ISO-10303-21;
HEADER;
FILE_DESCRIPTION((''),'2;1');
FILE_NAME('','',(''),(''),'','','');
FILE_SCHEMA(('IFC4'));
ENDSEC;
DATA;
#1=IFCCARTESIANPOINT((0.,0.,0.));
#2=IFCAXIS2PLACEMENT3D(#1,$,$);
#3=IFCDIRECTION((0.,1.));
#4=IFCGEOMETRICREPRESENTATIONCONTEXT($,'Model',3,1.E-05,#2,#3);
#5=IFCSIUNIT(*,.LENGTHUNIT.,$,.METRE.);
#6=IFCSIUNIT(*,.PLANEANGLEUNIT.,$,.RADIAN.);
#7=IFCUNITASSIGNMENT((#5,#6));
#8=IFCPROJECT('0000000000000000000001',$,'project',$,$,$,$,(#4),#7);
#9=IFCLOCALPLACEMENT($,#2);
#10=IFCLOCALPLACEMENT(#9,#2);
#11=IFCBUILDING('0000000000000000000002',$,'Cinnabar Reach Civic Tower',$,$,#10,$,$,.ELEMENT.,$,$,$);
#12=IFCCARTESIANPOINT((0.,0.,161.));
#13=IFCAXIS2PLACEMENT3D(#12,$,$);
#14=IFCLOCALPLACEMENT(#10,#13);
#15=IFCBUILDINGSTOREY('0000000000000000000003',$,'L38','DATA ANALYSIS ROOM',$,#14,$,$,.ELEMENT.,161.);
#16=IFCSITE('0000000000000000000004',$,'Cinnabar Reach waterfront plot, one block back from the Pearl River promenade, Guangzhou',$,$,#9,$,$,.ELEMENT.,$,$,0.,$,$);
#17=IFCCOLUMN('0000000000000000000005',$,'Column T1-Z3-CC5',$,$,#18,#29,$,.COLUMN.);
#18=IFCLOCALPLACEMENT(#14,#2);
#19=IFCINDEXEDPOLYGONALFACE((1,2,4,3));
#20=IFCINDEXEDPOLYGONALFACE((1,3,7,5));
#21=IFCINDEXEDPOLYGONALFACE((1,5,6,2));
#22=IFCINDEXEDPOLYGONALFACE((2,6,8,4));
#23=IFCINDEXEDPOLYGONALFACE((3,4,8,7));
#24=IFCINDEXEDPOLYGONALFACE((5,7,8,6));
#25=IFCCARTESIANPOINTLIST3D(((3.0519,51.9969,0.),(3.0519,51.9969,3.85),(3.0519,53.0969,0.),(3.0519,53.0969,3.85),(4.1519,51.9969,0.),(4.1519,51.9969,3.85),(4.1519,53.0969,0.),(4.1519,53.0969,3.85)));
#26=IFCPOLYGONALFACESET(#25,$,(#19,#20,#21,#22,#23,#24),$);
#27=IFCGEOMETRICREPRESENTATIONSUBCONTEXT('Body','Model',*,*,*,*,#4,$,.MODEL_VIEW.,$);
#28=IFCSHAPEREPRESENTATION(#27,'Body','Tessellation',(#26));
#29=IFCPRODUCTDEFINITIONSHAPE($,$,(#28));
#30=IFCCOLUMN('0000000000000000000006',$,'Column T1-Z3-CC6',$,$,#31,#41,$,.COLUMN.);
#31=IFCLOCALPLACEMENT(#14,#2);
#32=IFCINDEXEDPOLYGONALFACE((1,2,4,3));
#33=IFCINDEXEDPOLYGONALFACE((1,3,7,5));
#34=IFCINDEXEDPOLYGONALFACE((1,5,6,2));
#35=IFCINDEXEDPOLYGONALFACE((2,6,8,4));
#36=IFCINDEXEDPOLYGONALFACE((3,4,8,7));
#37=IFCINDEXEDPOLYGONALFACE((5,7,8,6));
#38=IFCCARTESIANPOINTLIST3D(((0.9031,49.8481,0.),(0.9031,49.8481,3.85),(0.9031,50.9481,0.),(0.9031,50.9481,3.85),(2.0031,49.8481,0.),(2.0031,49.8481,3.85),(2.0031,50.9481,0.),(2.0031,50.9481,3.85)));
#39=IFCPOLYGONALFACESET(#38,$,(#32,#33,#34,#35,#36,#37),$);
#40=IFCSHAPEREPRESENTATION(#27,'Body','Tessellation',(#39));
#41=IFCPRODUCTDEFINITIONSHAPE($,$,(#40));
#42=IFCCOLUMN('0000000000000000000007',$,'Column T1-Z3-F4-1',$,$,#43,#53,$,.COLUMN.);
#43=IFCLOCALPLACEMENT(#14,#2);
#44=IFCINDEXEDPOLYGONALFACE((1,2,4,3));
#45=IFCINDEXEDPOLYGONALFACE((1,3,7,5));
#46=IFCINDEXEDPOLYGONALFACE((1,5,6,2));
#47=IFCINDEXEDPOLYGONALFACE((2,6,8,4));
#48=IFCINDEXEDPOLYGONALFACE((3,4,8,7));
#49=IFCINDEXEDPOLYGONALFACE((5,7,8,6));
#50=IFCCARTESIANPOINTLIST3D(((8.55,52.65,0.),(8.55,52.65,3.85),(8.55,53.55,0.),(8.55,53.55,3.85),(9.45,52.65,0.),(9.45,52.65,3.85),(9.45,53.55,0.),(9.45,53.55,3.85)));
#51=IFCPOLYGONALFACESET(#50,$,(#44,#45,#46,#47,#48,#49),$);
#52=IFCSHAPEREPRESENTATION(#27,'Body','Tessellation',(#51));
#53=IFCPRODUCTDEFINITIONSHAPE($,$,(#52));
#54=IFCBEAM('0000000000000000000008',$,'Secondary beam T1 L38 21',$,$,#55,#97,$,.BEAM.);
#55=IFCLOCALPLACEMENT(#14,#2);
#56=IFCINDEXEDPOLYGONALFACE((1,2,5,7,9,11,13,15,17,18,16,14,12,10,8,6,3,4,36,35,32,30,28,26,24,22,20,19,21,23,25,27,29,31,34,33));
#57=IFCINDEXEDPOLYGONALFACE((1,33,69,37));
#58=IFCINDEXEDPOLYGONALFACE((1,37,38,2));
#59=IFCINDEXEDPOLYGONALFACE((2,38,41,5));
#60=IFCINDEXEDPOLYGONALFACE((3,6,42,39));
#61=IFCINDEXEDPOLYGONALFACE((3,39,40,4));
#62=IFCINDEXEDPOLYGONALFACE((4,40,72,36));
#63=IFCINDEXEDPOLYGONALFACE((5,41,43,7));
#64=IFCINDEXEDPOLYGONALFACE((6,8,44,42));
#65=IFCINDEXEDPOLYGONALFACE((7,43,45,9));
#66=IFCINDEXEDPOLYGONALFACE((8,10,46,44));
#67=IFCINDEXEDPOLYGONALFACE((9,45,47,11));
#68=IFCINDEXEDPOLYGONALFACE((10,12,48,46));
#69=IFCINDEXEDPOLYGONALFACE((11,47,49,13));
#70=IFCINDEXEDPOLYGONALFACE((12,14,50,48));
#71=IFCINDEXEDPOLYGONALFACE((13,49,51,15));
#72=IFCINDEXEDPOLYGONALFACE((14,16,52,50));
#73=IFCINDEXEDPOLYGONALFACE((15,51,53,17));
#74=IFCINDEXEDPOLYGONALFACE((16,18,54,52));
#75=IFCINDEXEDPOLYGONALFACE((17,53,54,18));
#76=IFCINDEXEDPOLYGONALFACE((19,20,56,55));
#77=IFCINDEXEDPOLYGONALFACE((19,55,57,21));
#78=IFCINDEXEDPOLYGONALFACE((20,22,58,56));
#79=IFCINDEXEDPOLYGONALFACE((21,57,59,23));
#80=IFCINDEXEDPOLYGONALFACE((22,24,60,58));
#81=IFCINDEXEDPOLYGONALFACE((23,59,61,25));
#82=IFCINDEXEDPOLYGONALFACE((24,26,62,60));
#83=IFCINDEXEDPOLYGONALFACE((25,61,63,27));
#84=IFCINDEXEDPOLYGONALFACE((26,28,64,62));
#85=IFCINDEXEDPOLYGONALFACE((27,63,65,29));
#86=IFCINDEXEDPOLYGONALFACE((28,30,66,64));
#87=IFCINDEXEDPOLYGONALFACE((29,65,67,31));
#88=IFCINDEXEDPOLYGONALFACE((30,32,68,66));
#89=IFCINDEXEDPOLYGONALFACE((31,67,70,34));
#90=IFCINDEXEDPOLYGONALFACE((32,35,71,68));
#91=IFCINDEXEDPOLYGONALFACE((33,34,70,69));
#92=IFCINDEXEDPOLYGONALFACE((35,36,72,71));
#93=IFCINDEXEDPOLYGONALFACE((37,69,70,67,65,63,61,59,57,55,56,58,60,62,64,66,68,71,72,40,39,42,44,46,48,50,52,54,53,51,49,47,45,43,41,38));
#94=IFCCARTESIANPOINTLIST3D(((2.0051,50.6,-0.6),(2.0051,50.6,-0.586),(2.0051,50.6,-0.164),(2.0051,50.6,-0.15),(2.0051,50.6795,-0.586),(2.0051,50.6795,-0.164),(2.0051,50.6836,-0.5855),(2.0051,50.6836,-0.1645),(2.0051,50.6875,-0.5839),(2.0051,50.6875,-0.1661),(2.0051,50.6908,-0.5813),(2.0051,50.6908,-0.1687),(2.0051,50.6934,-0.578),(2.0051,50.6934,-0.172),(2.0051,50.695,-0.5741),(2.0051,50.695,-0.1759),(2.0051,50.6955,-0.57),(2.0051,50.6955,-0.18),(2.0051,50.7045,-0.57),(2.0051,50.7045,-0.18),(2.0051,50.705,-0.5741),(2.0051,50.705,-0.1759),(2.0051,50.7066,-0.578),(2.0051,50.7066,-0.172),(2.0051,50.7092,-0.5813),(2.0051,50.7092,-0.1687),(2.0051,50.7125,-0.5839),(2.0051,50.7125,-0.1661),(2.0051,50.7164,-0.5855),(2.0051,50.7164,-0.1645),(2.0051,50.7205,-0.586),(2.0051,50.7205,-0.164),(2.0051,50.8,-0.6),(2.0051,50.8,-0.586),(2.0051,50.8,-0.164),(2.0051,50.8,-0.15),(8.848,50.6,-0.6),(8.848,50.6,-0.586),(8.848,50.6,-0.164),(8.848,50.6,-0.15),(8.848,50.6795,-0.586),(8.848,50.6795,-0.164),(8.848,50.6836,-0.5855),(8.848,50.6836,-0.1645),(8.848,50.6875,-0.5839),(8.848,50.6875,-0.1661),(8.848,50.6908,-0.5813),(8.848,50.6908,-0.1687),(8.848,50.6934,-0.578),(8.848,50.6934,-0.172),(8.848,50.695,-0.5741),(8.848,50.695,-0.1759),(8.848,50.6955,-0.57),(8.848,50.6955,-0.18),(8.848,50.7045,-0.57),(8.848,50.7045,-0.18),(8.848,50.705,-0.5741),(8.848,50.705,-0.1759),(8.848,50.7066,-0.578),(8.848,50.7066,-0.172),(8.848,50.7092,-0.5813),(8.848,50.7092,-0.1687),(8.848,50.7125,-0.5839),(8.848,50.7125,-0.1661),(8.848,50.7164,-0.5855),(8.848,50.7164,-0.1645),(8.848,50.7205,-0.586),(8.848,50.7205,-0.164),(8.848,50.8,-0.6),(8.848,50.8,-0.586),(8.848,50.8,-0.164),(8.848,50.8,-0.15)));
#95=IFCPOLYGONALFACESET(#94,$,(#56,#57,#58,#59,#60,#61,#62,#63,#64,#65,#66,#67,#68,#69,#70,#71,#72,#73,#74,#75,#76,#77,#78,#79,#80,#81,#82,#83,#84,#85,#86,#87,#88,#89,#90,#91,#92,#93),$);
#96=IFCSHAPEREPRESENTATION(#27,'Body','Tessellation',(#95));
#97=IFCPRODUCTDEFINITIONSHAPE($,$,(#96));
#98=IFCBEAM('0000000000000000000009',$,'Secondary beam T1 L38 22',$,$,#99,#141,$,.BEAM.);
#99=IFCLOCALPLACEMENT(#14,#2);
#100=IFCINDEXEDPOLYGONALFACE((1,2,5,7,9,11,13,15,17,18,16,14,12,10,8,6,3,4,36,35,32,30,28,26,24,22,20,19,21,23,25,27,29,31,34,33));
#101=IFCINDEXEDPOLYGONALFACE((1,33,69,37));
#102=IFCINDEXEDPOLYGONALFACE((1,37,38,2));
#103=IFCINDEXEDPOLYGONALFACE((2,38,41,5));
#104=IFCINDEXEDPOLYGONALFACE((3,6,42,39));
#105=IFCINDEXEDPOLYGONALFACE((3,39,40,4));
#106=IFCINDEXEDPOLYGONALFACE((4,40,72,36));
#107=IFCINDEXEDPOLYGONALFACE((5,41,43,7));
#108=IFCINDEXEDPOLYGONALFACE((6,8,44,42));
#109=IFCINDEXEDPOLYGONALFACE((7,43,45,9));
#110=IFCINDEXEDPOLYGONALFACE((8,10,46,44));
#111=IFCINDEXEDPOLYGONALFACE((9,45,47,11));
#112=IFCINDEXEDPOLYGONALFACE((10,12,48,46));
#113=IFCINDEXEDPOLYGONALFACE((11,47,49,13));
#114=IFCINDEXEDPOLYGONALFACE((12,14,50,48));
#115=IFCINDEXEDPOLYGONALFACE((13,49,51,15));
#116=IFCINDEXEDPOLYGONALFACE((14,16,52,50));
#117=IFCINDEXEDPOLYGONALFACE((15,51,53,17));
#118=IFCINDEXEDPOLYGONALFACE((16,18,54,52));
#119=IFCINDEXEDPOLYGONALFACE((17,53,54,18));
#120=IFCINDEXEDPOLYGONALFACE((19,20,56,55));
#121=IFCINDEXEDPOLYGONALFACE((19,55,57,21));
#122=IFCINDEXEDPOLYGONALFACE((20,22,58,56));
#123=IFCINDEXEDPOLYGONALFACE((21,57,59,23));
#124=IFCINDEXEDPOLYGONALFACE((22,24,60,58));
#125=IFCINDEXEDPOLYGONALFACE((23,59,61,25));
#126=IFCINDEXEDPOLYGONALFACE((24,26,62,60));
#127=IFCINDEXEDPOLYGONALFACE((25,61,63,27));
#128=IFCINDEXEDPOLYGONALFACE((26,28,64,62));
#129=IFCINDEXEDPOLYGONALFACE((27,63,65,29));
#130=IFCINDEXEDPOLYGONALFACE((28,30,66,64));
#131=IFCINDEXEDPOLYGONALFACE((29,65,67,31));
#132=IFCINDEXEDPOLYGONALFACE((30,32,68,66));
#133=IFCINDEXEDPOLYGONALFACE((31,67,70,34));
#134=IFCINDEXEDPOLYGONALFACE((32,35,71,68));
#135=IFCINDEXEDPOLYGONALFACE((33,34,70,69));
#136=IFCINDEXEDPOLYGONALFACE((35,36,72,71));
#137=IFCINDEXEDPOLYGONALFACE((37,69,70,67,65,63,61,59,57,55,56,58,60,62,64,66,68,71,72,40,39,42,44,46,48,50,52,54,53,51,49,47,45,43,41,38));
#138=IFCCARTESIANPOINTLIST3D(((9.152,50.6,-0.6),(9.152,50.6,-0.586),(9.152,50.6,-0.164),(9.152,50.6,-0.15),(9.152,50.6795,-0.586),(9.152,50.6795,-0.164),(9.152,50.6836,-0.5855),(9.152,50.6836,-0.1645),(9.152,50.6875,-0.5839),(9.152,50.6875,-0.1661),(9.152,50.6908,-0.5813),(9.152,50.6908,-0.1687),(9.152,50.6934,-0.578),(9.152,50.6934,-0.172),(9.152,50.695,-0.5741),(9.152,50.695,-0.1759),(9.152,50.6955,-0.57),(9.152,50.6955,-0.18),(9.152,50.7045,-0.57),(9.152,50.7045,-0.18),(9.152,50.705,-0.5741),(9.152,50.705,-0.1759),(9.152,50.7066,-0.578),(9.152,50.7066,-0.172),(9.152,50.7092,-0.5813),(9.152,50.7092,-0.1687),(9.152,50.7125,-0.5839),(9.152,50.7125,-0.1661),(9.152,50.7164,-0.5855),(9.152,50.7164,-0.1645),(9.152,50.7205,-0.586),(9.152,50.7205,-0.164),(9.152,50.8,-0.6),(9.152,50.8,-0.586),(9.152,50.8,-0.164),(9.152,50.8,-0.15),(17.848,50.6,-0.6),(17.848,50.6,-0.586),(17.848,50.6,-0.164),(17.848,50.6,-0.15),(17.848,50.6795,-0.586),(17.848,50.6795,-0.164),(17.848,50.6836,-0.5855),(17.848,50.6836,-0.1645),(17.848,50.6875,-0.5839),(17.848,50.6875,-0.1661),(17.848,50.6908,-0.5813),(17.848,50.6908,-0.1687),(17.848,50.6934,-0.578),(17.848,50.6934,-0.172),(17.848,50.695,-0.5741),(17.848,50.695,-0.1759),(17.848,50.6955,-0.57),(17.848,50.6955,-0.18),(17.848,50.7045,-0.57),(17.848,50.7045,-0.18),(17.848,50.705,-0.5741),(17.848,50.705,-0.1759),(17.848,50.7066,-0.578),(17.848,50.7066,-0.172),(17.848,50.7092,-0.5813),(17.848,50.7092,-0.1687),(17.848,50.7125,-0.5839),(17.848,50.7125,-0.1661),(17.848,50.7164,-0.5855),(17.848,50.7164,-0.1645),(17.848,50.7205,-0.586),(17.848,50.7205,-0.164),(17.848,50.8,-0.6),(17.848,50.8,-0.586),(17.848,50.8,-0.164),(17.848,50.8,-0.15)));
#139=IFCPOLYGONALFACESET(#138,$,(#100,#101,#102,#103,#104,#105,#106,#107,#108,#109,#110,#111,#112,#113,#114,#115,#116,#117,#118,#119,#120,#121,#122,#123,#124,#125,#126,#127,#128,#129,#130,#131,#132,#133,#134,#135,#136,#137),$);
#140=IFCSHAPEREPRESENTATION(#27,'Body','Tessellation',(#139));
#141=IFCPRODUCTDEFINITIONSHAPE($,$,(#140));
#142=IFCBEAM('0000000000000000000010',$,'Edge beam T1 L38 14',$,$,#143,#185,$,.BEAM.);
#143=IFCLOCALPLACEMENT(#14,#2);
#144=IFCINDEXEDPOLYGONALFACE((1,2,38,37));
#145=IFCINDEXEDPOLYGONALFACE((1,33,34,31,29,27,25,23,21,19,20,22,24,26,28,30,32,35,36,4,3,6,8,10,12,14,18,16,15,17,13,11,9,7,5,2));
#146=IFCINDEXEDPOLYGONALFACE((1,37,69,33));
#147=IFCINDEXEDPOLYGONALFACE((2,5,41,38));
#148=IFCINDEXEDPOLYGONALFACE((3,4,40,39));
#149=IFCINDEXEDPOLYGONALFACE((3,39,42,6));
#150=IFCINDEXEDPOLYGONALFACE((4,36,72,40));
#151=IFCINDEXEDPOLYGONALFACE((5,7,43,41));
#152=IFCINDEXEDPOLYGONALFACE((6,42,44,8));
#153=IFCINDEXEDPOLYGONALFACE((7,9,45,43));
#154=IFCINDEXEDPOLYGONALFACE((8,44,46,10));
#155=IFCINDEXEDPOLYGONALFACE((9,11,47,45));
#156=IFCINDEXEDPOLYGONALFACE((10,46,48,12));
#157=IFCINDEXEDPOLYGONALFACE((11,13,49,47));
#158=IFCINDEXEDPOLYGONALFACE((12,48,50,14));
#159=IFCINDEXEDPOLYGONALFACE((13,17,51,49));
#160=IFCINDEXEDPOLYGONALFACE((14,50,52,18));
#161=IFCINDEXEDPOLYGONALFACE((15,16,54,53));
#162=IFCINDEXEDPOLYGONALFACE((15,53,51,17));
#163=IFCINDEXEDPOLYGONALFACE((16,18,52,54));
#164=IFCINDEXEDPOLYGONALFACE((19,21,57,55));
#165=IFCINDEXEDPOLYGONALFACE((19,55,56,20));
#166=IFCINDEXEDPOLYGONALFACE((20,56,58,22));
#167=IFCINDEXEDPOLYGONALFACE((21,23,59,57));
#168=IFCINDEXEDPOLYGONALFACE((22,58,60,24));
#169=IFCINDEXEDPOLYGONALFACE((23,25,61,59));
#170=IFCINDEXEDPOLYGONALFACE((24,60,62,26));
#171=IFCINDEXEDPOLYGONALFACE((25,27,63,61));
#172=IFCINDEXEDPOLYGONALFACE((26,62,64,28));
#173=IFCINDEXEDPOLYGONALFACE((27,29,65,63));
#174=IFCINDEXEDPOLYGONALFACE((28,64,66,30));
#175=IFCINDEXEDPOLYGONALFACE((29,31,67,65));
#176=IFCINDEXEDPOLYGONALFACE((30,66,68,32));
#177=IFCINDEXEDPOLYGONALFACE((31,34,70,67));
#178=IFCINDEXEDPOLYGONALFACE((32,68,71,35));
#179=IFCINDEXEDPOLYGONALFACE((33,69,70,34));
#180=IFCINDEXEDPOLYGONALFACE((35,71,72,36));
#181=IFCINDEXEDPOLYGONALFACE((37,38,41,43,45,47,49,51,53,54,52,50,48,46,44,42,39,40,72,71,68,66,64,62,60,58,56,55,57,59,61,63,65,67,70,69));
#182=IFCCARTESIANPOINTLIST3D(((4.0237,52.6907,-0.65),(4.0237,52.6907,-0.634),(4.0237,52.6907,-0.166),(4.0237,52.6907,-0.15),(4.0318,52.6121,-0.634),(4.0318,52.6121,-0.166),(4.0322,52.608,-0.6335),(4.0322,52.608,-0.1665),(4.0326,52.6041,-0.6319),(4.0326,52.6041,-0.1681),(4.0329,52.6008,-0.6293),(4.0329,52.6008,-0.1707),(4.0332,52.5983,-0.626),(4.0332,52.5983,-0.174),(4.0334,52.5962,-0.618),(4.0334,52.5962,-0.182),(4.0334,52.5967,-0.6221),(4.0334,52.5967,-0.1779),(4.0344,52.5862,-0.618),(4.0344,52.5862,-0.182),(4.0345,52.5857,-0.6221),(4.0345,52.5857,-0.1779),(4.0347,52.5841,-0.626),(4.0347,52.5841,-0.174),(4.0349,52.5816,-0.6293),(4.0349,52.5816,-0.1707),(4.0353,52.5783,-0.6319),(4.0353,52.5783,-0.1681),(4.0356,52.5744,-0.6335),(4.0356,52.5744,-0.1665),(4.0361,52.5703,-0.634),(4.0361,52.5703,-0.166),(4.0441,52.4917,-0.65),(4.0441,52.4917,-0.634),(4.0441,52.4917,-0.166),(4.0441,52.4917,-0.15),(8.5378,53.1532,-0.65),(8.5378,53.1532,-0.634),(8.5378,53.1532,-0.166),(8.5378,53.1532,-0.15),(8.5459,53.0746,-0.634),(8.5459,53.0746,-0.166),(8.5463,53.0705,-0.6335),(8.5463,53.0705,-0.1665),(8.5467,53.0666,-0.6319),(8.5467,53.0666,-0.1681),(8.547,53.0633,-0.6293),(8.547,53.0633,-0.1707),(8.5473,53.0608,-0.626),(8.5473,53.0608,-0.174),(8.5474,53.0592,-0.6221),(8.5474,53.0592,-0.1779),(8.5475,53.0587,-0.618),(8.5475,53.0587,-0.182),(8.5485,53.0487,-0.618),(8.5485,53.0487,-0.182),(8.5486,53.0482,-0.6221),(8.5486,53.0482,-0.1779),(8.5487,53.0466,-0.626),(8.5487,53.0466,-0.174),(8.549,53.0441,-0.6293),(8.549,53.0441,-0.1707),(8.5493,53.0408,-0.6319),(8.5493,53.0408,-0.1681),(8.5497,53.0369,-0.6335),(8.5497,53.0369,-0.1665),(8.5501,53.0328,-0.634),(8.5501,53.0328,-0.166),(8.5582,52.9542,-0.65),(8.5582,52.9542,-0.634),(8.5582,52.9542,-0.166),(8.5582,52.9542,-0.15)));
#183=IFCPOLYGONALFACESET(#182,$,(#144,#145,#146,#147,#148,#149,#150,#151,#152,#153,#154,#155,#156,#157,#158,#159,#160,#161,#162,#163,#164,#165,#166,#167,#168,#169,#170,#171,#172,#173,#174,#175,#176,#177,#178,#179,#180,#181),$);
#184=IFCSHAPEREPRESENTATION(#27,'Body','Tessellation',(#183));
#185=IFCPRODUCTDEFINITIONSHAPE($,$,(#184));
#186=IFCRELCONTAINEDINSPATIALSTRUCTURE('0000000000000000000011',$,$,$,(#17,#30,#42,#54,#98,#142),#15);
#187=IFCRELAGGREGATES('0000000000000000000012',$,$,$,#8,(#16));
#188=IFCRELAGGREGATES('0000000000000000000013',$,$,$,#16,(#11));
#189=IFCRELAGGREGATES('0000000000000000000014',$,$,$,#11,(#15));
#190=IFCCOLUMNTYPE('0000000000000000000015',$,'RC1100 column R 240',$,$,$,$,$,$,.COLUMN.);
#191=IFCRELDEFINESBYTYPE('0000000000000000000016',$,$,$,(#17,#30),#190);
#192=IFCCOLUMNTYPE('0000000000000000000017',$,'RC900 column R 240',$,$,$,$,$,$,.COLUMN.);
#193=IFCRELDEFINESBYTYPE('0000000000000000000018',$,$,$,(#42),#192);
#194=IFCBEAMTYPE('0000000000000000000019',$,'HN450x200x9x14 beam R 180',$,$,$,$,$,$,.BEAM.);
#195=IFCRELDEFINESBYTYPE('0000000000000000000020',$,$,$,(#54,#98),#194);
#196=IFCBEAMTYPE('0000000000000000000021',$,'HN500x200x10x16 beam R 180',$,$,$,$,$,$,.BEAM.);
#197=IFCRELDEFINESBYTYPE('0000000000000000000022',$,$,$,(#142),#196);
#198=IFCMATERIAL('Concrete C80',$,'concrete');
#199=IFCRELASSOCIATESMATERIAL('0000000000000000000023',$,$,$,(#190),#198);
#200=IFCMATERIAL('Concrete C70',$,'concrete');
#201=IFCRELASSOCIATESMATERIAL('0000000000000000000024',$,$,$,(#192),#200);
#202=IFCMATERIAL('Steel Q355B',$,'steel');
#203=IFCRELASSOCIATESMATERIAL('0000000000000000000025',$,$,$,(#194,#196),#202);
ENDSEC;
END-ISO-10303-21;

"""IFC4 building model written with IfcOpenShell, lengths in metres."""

from ifc_helpers import new_model, si_unit, direction, frame, origin, origin_2d, place, context, subcontext, project, spatial, rectangle, i_section, extrude, material, material_profile, profile_set, type_object, element, save


model = new_model("IFC4")

# Units and contexts
model_context = context("Model", 3, precision=1e-05, world=origin(), true_north=direction((0.0, 1.0)))
body_context = subcontext(model_context, "Body", "Model", "MODEL_VIEW")
ifc_project = project(units=[si_unit("LENGTHUNIT", "METRE"), si_unit("PLANEANGLEUNIT", "RADIAN")], contexts=[model_context])

# Site, building, storey
site_placement = place(None, origin())
site = spatial("IfcSite", under=ifc_project, at=site_placement, Name="Cinnabar Reach waterfront plot, one block back from the Pearl River promenade, Guangzhou", CompositionType="ELEMENT", RefElevation=0.0)
building_placement = place(site_placement, origin())
building = spatial("IfcBuilding", under=site, at=building_placement, Name="Cinnabar Reach Civic Tower", CompositionType="ELEMENT")
storey_placement = place(building_placement, frame((0.0, 0.0, 161.0)))
storey = spatial("IfcBuildingStorey", under=building, at=storey_placement, Name="L38", Description="DATA ANALYSIS ROOM", CompositionType="ELEMENT", Elevation=161.0)

# Columns
ifc_material_1 = material(Name="Concrete C80", Category="concrete")
ifc_material_profile_1 = material_profile(ifc_material_1, rectangle(XDim=1.1, YDim=1.1, at=origin_2d()), Name="RC1100")
ifc_profile_set_1 = profile_set([ifc_material_profile_1], Name="Concrete C80")
column_type_1 = type_object("IfcColumnType", Name="RC1100 column R 240", PredefinedType="COLUMN", material=ifc_profile_set_1)
for number, where, z_axis, x_axis, name in (
    (1, (3.6019, 52.5469, 0.0), (0.0, 0.0, 1.0), (1.0, 0.0, 0.0), "Column T1-Z3-CC5"),
    (2, (1.4531, 50.3981, 0.0), (0.0, 0.0, 1.0), (1.0, 0.0, 0.0), "Column T1-Z3-CC6"),
):
    element("IfcColumn", number, at=place(storey_placement, frame(where, z_axis=z_axis, x_axis=x_axis)), inside=storey, type_object=column_type_1, Name=name, PredefinedType="COLUMN", context=body_context, shape_type="SweptSolid", body=[
        extrude(rectangle(XDim=1.1, YDim=1.1, at=origin_2d()), origin(), (0.0, 0.0, 1.0), 3.85),
    ])
ifc_material_2 = material(Name="Concrete C70", Category="concrete")
ifc_material_profile_2 = material_profile(ifc_material_2, rectangle(XDim=0.9, YDim=0.9, at=origin_2d()), Name="RC900")
ifc_profile_set_2 = profile_set([ifc_material_profile_2], Name="Concrete C70")
column_type_2 = type_object("IfcColumnType", Name="RC900 column R 240", PredefinedType="COLUMN", material=ifc_profile_set_2)
column_placement = place(storey_placement, frame((9.0, 53.1, 0.0), z_axis=(0.0, 0.0, 1.0), x_axis=(1.0, 0.0, 0.0)))
element("IfcColumn", 3, at=column_placement, inside=storey, type_object=column_type_2, Name="Column T1-Z3-F4-1", PredefinedType="COLUMN", context=body_context, shape_type="SweptSolid", body=[
    extrude(rectangle(XDim=0.9, YDim=0.9, at=origin_2d()), origin(), (0.0, 0.0, 1.0), 3.85),
])

# Beams
ifc_material_3 = material(Name="Steel Q355B", Category="steel")
ifc_material_profile_3 = material_profile(ifc_material_3, i_section(OverallWidth=0.2, OverallDepth=0.45, WebThickness=0.009, FlangeThickness=0.014, FilletRadius=0.016, at=origin_2d()), Name="HN450x200x9x14")
ifc_profile_set_3 = profile_set([ifc_material_profile_3], Name="Steel Q355B")
beam_type_1 = type_object("IfcBeamType", Name="HN450x200x9x14 beam R 180", PredefinedType="BEAM", material=ifc_profile_set_3)
beam_1_placement = place(storey_placement, frame((2.0051, 50.7, -0.375), z_axis=(1.0, 0.0, 0.0), x_axis=(0.0, 1.0, 0.0)))
element("IfcBeam", 4, at=beam_1_placement, inside=storey, type_object=beam_type_1, Name="Secondary beam T1 L38 21", PredefinedType="BEAM", context=body_context, shape_type="SweptSolid", body=[
    extrude(i_section(OverallWidth=0.2, OverallDepth=0.45, WebThickness=0.009, FlangeThickness=0.014, FilletRadius=0.016, at=origin_2d()), origin(), (0.0, 0.0, 1.0), 6.8429),
])
beam_2_placement = place(storey_placement, frame((9.152, 50.7, -0.375), z_axis=(1.0, 0.0, 0.0), x_axis=(0.0, 1.0, 0.0)))
element("IfcBeam", 5, at=beam_2_placement, inside=storey, type_object=beam_type_1, Name="Secondary beam T1 L38 22", PredefinedType="BEAM", context=body_context, shape_type="SweptSolid", body=[
    extrude(i_section(OverallWidth=0.2, OverallDepth=0.45, WebThickness=0.009, FlangeThickness=0.014, FilletRadius=0.016, at=origin_2d()), origin(), (0.0, 0.0, 1.0), 8.696),
])
ifc_material_profile_4 = material_profile(ifc_material_3, i_section(OverallWidth=0.2, OverallDepth=0.5, WebThickness=0.01, FlangeThickness=0.016, FilletRadius=0.016, at=origin_2d()), Name="HN500x200x10x16")
ifc_profile_set_4 = profile_set([ifc_material_profile_4], Name="Steel Q355B")
beam_type_2 = type_object("IfcBeamType", Name="HN500x200x10x16 beam R 180", PredefinedType="BEAM", material=ifc_profile_set_4)
beam_3_placement = place(storey_placement, frame((8.548, 53.0537, -0.4), z_axis=(-0.994792, -0.101923, 0.0), x_axis=(0.101923, -0.994792, 0.0)))
element("IfcBeam", 6, at=beam_3_placement, inside=storey, type_object=beam_type_2, Name="Edge beam T1 L38 14", PredefinedType="BEAM", context=body_context, shape_type="SweptSolid", body=[
    extrude(i_section(OverallWidth=0.2, OverallDepth=0.5, WebThickness=0.01, FlangeThickness=0.016, FilletRadius=0.016, at=origin_2d()), origin(), (0.0, 0.0, 1.0), 4.5377),
])

save(model, "model.ifc")
